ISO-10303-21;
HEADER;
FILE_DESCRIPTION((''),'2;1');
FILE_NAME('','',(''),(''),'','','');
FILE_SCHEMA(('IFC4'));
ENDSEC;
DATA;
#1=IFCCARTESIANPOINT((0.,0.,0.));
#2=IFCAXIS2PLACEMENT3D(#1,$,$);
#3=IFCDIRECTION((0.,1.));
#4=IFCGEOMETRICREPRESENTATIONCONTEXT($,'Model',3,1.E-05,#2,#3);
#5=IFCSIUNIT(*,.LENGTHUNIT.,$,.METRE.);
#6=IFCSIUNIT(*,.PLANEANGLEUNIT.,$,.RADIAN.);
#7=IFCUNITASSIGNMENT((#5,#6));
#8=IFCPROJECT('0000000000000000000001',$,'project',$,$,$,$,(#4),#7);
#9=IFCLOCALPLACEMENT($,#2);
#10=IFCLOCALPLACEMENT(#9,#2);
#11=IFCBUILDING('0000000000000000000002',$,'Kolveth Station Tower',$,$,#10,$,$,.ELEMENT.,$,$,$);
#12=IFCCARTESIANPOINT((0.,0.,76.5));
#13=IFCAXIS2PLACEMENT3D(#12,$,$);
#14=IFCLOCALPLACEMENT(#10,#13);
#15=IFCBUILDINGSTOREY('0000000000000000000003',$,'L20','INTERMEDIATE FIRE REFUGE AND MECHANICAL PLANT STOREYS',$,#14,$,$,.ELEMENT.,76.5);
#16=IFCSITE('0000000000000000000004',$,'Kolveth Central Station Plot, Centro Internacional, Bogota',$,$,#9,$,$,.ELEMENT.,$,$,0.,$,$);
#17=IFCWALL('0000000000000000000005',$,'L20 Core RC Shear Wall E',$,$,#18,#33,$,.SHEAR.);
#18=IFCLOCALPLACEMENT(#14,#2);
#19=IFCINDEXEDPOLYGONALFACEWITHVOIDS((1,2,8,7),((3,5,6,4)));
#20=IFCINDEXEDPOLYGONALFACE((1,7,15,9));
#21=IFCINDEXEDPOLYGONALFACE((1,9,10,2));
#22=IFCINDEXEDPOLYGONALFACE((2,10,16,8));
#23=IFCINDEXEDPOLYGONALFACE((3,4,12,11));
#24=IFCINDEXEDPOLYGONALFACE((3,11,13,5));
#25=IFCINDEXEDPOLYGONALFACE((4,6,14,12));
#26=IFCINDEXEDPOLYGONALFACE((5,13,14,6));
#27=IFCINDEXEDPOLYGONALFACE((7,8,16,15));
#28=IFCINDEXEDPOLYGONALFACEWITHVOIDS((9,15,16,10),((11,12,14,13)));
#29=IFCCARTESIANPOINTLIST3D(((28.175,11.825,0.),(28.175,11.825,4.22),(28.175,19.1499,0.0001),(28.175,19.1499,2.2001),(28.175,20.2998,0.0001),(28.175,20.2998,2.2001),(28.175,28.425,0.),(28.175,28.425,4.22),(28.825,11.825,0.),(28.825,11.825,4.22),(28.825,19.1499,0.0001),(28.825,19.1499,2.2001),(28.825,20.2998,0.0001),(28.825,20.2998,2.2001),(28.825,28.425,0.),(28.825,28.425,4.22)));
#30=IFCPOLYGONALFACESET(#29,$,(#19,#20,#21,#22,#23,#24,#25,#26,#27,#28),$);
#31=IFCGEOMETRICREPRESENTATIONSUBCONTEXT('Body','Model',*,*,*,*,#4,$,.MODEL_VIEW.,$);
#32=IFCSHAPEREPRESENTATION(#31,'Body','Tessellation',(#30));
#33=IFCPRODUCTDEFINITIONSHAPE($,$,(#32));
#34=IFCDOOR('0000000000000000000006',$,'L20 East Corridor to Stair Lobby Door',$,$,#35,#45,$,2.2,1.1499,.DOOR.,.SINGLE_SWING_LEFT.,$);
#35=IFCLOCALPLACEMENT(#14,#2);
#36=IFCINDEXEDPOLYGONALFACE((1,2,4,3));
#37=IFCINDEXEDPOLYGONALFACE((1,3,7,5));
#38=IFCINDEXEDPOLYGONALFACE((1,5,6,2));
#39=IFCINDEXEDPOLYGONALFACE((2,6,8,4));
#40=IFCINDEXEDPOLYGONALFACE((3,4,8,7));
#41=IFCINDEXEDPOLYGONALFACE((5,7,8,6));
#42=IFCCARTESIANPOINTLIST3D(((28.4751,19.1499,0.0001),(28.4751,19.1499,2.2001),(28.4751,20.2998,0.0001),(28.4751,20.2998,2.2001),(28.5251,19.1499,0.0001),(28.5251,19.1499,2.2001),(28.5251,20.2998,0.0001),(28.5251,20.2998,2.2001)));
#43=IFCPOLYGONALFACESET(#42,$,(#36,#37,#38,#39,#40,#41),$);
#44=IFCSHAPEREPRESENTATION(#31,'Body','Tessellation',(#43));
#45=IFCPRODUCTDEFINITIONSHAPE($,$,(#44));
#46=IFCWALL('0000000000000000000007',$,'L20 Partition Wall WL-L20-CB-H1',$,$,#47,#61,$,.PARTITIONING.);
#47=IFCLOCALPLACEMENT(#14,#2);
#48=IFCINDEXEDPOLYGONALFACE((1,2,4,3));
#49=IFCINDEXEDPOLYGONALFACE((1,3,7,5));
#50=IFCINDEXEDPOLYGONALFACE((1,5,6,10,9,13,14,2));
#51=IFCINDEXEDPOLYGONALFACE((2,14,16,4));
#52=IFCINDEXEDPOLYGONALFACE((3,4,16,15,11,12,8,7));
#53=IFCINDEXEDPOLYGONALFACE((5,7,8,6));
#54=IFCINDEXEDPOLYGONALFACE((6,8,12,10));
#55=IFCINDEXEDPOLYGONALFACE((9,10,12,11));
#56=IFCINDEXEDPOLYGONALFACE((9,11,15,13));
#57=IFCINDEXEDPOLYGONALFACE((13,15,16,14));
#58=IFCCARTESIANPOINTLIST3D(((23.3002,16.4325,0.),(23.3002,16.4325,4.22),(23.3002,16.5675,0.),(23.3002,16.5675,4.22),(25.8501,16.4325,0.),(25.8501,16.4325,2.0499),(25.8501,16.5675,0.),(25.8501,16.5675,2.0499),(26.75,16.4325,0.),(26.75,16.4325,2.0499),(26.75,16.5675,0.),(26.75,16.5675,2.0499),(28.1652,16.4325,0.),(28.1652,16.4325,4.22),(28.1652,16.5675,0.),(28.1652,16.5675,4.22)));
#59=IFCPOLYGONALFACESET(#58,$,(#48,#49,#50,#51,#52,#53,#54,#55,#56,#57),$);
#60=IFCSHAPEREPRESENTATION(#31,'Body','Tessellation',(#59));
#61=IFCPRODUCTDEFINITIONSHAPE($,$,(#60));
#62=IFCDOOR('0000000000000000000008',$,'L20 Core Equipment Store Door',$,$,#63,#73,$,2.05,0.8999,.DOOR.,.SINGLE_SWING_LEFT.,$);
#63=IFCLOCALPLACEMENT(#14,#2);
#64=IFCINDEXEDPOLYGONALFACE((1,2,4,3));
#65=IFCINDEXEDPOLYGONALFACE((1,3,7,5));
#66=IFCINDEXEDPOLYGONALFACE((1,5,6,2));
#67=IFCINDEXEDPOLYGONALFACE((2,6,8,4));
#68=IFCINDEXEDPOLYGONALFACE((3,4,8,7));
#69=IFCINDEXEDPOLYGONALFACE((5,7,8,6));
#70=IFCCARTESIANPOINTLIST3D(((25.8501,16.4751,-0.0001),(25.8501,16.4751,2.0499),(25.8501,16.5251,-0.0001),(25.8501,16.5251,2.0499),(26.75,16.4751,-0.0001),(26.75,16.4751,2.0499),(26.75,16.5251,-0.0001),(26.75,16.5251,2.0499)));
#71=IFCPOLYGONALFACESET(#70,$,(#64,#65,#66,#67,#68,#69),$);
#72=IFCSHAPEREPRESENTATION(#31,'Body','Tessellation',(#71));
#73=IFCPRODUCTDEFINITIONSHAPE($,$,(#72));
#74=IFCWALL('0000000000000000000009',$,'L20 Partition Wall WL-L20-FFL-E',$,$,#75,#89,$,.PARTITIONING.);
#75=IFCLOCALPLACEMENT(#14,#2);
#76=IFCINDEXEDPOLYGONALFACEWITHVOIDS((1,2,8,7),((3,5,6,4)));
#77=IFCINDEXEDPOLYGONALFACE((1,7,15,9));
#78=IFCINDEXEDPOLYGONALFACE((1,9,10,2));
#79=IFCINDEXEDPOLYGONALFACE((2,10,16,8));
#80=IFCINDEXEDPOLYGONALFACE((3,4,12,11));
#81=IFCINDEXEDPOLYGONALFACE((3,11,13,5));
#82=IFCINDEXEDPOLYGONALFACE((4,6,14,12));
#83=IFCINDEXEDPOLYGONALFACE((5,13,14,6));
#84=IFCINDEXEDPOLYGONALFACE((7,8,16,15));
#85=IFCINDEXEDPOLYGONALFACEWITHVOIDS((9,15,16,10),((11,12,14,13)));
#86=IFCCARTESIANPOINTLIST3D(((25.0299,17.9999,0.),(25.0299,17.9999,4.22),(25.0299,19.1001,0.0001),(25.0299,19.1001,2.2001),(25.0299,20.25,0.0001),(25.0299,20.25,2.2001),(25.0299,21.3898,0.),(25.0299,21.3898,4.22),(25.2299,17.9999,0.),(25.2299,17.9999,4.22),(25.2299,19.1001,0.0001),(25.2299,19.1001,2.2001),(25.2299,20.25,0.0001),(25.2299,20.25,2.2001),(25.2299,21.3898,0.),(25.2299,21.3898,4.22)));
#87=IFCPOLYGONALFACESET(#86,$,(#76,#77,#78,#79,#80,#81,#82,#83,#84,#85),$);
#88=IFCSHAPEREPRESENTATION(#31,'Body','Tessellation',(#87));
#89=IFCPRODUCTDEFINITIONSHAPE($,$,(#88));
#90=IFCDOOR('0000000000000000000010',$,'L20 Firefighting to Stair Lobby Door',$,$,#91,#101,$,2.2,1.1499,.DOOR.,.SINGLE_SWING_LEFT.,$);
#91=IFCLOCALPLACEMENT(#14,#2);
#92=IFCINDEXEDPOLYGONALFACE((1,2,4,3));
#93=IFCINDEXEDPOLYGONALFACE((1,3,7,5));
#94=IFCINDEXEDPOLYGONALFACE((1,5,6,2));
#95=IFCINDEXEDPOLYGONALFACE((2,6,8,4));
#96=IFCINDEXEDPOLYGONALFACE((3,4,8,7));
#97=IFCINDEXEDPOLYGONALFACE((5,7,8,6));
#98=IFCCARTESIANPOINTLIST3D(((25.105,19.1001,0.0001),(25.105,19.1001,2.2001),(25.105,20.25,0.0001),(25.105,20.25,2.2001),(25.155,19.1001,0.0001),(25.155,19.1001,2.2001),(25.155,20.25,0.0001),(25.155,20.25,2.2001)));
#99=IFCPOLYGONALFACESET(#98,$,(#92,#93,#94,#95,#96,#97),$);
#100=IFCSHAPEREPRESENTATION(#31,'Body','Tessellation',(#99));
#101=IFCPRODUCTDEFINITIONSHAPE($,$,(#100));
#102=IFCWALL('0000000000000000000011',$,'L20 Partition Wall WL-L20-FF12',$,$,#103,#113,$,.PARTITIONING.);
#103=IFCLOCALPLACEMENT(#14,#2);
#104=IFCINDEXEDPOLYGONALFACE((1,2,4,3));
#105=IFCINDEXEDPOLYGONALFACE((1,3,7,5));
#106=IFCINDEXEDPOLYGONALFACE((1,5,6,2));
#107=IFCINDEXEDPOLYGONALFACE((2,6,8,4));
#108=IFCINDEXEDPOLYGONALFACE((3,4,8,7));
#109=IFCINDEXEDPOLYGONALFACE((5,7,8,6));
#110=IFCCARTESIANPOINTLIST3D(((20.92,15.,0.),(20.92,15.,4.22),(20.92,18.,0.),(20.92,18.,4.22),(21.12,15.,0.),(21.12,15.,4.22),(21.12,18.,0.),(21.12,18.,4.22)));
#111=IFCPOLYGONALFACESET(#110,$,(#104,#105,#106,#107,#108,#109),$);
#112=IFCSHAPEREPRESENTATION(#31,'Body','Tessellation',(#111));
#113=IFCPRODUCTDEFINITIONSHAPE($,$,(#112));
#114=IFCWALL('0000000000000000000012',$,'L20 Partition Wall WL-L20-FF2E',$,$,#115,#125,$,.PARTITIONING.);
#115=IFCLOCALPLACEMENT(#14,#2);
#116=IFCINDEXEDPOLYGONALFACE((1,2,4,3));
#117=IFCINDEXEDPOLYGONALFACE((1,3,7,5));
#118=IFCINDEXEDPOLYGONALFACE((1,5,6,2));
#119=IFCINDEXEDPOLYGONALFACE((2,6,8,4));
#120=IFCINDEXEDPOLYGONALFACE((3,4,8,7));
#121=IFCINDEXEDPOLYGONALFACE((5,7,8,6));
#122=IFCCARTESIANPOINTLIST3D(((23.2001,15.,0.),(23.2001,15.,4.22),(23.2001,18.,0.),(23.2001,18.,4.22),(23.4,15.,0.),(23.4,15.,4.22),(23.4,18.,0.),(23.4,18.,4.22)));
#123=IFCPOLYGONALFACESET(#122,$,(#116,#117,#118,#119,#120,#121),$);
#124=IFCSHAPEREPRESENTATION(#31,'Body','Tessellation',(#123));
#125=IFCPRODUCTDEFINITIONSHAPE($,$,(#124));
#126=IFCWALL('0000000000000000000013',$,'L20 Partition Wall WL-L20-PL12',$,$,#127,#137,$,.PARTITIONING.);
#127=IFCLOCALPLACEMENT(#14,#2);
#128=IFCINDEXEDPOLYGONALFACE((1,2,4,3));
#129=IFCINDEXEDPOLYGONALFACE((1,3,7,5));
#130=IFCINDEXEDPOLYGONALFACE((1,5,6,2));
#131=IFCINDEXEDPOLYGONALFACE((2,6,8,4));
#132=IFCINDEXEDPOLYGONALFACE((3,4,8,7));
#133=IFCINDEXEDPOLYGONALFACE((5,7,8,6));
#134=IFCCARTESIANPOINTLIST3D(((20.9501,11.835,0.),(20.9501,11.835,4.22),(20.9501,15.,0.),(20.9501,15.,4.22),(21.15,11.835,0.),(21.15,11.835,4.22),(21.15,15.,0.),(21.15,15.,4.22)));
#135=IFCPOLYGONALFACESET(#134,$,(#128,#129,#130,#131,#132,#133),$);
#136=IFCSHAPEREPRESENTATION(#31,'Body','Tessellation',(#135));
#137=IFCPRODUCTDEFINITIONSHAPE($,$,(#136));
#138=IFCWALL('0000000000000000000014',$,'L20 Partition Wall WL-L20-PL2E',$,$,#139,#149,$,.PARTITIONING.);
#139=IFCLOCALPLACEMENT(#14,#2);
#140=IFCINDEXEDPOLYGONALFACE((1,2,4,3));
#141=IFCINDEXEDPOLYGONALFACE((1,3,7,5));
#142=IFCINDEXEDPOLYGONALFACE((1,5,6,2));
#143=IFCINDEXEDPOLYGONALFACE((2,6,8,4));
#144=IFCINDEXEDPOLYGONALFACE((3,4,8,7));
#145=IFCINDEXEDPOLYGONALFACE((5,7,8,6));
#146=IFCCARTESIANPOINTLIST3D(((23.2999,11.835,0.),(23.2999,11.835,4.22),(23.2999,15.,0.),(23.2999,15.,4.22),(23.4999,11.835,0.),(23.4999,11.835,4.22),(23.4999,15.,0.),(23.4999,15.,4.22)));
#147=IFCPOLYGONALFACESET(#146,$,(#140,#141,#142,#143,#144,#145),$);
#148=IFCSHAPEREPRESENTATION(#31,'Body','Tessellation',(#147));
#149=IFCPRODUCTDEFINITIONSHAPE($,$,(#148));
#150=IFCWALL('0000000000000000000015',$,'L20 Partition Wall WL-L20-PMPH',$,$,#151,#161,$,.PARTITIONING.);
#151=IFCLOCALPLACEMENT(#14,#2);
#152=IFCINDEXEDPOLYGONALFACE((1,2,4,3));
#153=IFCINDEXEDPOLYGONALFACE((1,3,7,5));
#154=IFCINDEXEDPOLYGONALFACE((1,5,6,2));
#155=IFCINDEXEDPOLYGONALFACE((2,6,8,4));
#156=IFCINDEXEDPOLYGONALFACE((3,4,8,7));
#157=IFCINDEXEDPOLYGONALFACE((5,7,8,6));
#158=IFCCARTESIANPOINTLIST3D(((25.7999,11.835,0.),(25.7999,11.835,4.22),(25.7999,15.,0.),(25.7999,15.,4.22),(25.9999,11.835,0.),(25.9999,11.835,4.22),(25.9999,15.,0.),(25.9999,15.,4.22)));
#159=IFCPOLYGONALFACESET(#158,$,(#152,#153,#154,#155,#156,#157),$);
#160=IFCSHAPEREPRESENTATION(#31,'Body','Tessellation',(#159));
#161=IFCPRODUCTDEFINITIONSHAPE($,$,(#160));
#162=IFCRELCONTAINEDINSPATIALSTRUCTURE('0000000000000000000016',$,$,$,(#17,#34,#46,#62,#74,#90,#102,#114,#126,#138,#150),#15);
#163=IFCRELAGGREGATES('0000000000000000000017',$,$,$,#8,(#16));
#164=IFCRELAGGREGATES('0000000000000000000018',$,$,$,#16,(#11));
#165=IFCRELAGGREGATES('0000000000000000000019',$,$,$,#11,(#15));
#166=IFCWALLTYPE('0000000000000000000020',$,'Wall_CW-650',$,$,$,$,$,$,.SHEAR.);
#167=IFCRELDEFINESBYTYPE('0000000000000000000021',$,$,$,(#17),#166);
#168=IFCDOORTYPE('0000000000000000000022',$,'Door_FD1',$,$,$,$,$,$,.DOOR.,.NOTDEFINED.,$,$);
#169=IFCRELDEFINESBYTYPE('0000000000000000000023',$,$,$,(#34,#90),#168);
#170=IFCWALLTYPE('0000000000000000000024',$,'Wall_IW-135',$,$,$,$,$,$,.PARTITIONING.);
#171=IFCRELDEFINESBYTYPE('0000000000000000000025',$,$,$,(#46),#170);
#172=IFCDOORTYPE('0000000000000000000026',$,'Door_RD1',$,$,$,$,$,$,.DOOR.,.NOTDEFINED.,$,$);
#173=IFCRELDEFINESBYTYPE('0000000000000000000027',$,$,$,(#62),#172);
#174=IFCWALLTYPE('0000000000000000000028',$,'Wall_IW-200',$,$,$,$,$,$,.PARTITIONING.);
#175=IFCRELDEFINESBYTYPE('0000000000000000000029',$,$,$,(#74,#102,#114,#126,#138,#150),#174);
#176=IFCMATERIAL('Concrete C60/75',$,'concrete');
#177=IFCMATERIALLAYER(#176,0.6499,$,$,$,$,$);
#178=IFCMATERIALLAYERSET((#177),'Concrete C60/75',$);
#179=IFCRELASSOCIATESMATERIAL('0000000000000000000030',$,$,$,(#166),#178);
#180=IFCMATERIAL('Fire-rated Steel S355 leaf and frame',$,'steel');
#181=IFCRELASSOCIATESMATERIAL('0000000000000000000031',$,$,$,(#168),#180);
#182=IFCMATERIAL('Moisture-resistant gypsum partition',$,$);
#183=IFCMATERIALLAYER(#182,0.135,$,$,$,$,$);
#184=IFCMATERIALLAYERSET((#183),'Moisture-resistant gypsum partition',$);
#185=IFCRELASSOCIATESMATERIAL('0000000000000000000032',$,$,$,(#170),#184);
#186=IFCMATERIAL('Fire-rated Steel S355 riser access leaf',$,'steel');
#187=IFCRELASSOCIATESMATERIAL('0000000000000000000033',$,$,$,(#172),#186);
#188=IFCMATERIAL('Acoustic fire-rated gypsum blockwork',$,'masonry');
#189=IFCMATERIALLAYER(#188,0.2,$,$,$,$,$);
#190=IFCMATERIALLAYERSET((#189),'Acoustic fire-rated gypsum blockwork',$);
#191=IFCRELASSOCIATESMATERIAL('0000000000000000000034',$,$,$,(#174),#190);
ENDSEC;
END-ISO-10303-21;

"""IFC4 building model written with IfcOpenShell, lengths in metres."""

from ifc_helpers import new_model, si_unit, direction, frame, frame_2d, origin, place, context, subcontext, project, spatial, rectangle, extrude, material, layer, layer_set, type_object, element, fill, save


model = new_model("IFC4")

# Units and contexts
model_context = context("Model", 3, precision=1e-05, world=origin(), true_north=direction((0.0, 1.0)))
body_context = subcontext(model_context, "Body", "Model", "MODEL_VIEW")
ifc_project = project(units=[si_unit("LENGTHUNIT", "METRE"), si_unit("PLANEANGLEUNIT", "RADIAN")], contexts=[model_context])

# Site, building, storey
site_placement = place(None, origin())
site = spatial("IfcSite", under=ifc_project, at=site_placement, Name="Kolveth Central Station Plot, Centro Internacional, Bogota", CompositionType="ELEMENT", RefElevation=0.0)
building_placement = place(site_placement, origin())
building = spatial("IfcBuilding", under=site, at=building_placement, Name="Kolveth Station Tower", CompositionType="ELEMENT")
storey_placement = place(building_placement, frame((0.0, 0.0, 76.5)))
storey = spatial("IfcBuildingStorey", under=building, at=storey_placement, Name="L20", Description="INTERMEDIATE FIRE REFUGE AND MECHANICAL PLANT STOREYS", CompositionType="ELEMENT", Elevation=76.5)

# Walls, openings, doors
ifc_material_1 = material(Name="Concrete C60/75", Category="concrete")
ifc_layer_1 = layer(ifc_material_1, 0.6499)
ifc_layer_set_1 = layer_set([ifc_layer_1], Name="Concrete C60/75")
wall_type_1 = type_object("IfcWallType", Name="Wall_CW-650", PredefinedType="SHEAR", material=ifc_layer_set_1)
wall_1_placement = place(storey_placement, frame((28.5, 11.825, 0.0), z_axis=(0.0, 0.0, 1.0), x_axis=(0.0, 1.0, 0.0)))
wall_1 = element("IfcWall", 1, at=wall_1_placement, inside=storey, type_object=wall_type_1, Name="L20 Core RC Shear Wall E", PredefinedType="SHEAR", context=body_context, shape_type="SweptSolid", body=[
    extrude(rectangle(XDim=16.6001, YDim=0.6499, at=frame_2d((8.3, 0.0))), origin(), (0.0, 0.0, 1.0), 4.22),
])
opening_1_placement = place(wall_1_placement, frame((7.325, 0.0, 0.0)))
opening_1 = element("IfcOpeningElement", 2, at=opening_1_placement, cuts=wall_1, PredefinedType="OPENING", context=body_context, shape_type="SweptSolid", body=[
    extrude(rectangle(XDim=1.1499, YDim=2.2, at=frame_2d((0.575, 1.1001))), frame((0.0, 0.335, 0.0), z_axis=(0.0, -1.0, 0.0), x_axis=(1.0, 0.0, 0.0)), (0.0, 0.0, 1.0), 0.6699),
])
ifc_material_2 = material(Name="Fire-rated Steel S355 leaf and frame", Category="steel")
door_type_1 = type_object("IfcDoorType", Name="Door_FD1", OperationType="NOTDEFINED", PredefinedType="DOOR", material=ifc_material_2)
door_1_placement = place(opening_1_placement, origin())
door_1 = element("IfcDoor", 3, at=door_1_placement, inside=storey, type_object=door_type_1, Name="L20 East Corridor to Stair Lobby Door", OperationType="SINGLE_SWING_LEFT", OverallHeight=2.2, OverallWidth=1.1499, PredefinedType="DOOR", context=body_context, shape_type="SweptSolid", body=[
    extrude(rectangle(XDim=1.1499, YDim=2.2, at=frame_2d((0.575, 1.1001))), frame((0.0, 0.0249, 0.0), z_axis=(0.0, -1.0, 0.0), x_axis=(1.0, 0.0, 0.0)), (0.0, 0.0, 1.0), 0.05),
])
fill(opening_1, door_1)
ifc_material_3 = material(Name="Moisture-resistant gypsum partition")
ifc_layer_2 = layer(ifc_material_3, 0.135)
ifc_layer_set_2 = layer_set([ifc_layer_2], Name="Moisture-resistant gypsum partition")
wall_type_2 = type_object("IfcWallType", Name="Wall_IW-135", PredefinedType="PARTITIONING", material=ifc_layer_set_2)
wall_2_placement = place(storey_placement, frame((23.3, 16.5, 0.0), z_axis=(0.0, 0.0, 1.0), x_axis=(1.0, 0.0, 0.0)))
wall_2 = element("IfcWall", 4, at=wall_2_placement, inside=storey, type_object=wall_type_2, Name="L20 Partition Wall WL-L20-CB-H1", PredefinedType="PARTITIONING", context=body_context, shape_type="SweptSolid", body=[
    extrude(rectangle(XDim=4.865, YDim=0.135, at=frame_2d((2.4326, 0.0))), origin(), (0.0, 0.0, 1.0), 4.22),
])
opening_2_placement = place(wall_2_placement, frame((2.55, 0.0, 0.0)))
opening_2 = element("IfcOpeningElement", 5, at=opening_2_placement, cuts=wall_2, PredefinedType="OPENING", context=body_context, shape_type="SweptSolid", body=[
    extrude(rectangle(XDim=0.8999, YDim=2.05, at=frame_2d((0.45, 1.0249))), frame((0.0, 0.0774, 0.0), z_axis=(0.0, -1.0, 0.0), x_axis=(1.0, 0.0, 0.0)), (0.0, 0.0, 1.0), 0.155),
])
ifc_material_4 = material(Name="Fire-rated Steel S355 riser access leaf", Category="steel")
door_type_2 = type_object("IfcDoorType", Name="Door_RD1", OperationType="NOTDEFINED", PredefinedType="DOOR", material=ifc_material_4)
door_2_placement = place(opening_2_placement, frame((0.8999, 0.0, 0.0), z_axis=(0.0, 0.0, 1.0), x_axis=(-1.0, 0.0, 0.0)))
door_2 = element("IfcDoor", 6, at=door_2_placement, inside=storey, type_object=door_type_2, Name="L20 Core Equipment Store Door", OperationType="SINGLE_SWING_LEFT", OverallHeight=2.05, OverallWidth=0.8999, PredefinedType="DOOR", context=body_context, shape_type="SweptSolid", body=[
    extrude(rectangle(XDim=0.8999, YDim=2.05, at=frame_2d((0.45, 1.0249))), frame((0.0, 0.0249, 0.0), z_axis=(0.0, -1.0, 0.0), x_axis=(1.0, 0.0, 0.0)), (0.0, 0.0, 1.0), 0.05),
])
fill(opening_2, door_2)
ifc_material_5 = material(Name="Acoustic fire-rated gypsum blockwork", Category="masonry")
ifc_layer_3 = layer(ifc_material_5, 0.2)
ifc_layer_set_3 = layer_set([ifc_layer_3], Name="Acoustic fire-rated gypsum blockwork")
wall_type_3 = type_object("IfcWallType", Name="Wall_IW-200", PredefinedType="PARTITIONING", material=ifc_layer_set_3)
wall_3_placement = place(storey_placement, frame((25.1299, 18.0, 0.0), z_axis=(0.0, 0.0, 1.0), x_axis=(0.0, 1.0, 0.0)))
wall_3 = element("IfcWall", 7, at=wall_3_placement, inside=storey, type_object=wall_type_3, Name="L20 Partition Wall WL-L20-FFL-E", PredefinedType="PARTITIONING", context=body_context, shape_type="SweptSolid", body=[
    extrude(rectangle(XDim=3.3899, YDim=0.2, at=frame_2d((1.6948, 0.0))), origin(), (0.0, 0.0, 1.0), 4.22),
])
opening_3_placement = place(wall_3_placement, frame((1.1001, 0.0, 0.0)))
opening_3 = element("IfcOpeningElement", 8, at=opening_3_placement, cuts=wall_3, PredefinedType="OPENING", context=body_context, shape_type="SweptSolid", body=[
    extrude(rectangle(XDim=1.1499, YDim=2.2, at=frame_2d((0.575, 1.1001))), frame((0.0, 0.1099, 0.0), z_axis=(0.0, -1.0, 0.0), x_axis=(1.0, 0.0, 0.0)), (0.0, 0.0, 1.0), 0.22),
])
door_3_placement = place(opening_3_placement, origin())
door_3 = element("IfcDoor", 9, at=door_3_placement, inside=storey, type_object=door_type_1, Name="L20 Firefighting to Stair Lobby Door", OperationType="SINGLE_SWING_LEFT", OverallHeight=2.2, OverallWidth=1.1499, PredefinedType="DOOR", context=body_context, shape_type="SweptSolid", body=[
    extrude(rectangle(XDim=1.1499, YDim=2.2, at=frame_2d((0.575, 1.1001))), frame((0.0, 0.0249, 0.0), z_axis=(0.0, -1.0, 0.0), x_axis=(1.0, 0.0, 0.0)), (0.0, 0.0, 1.0), 0.05),
])
fill(opening_3, door_3)

# Walls
for number, where, z_axis, x_axis, name in (
    (10, (21.02, 15.0, 0.0), (0.0, 0.0, 1.0), (0.0, 1.0, 0.0), "L20 Partition Wall WL-L20-FF12"),
    (11, (23.3, 15.0, 0.0), (0.0, 0.0, 1.0), (0.0, 1.0, 0.0), "L20 Partition Wall WL-L20-FF2E"),
):
    element("IfcWall", number, at=place(storey_placement, frame(where, z_axis=z_axis, x_axis=x_axis)), inside=storey, type_object=wall_type_3, Name=name, PredefinedType="PARTITIONING", context=body_context, shape_type="SweptSolid", body=[
        extrude(rectangle(XDim=3.0, YDim=0.2, at=frame_2d((1.5, 0.0))), origin(), (0.0, 0.0, 1.0), 4.22),
    ])
for number, where, z_axis, x_axis, name in (
    (12, (21.05, 11.835, 0.0), (0.0, 0.0, 1.0), (0.0, 1.0, 0.0), "L20 Partition Wall WL-L20-PL12"),
    (13, (23.3999, 11.835, 0.0), (0.0, 0.0, 1.0), (0.0, 1.0, 0.0), "L20 Partition Wall WL-L20-PL2E"),
    (14, (25.8999, 11.835, 0.0), (0.0, 0.0, 1.0), (0.0, 1.0, 0.0), "L20 Partition Wall WL-L20-PMPH"),
):
    element("IfcWall", number, at=place(storey_placement, frame(where, z_axis=z_axis, x_axis=x_axis)), inside=storey, type_object=wall_type_3, Name=name, PredefinedType="PARTITIONING", context=body_context, shape_type="SweptSolid", body=[
        extrude(rectangle(XDim=3.165, YDim=0.2, at=frame_2d((1.5825, 0.0))), origin(), (0.0, 0.0, 1.0), 4.22),
    ])

save(model, "model.ifc")
